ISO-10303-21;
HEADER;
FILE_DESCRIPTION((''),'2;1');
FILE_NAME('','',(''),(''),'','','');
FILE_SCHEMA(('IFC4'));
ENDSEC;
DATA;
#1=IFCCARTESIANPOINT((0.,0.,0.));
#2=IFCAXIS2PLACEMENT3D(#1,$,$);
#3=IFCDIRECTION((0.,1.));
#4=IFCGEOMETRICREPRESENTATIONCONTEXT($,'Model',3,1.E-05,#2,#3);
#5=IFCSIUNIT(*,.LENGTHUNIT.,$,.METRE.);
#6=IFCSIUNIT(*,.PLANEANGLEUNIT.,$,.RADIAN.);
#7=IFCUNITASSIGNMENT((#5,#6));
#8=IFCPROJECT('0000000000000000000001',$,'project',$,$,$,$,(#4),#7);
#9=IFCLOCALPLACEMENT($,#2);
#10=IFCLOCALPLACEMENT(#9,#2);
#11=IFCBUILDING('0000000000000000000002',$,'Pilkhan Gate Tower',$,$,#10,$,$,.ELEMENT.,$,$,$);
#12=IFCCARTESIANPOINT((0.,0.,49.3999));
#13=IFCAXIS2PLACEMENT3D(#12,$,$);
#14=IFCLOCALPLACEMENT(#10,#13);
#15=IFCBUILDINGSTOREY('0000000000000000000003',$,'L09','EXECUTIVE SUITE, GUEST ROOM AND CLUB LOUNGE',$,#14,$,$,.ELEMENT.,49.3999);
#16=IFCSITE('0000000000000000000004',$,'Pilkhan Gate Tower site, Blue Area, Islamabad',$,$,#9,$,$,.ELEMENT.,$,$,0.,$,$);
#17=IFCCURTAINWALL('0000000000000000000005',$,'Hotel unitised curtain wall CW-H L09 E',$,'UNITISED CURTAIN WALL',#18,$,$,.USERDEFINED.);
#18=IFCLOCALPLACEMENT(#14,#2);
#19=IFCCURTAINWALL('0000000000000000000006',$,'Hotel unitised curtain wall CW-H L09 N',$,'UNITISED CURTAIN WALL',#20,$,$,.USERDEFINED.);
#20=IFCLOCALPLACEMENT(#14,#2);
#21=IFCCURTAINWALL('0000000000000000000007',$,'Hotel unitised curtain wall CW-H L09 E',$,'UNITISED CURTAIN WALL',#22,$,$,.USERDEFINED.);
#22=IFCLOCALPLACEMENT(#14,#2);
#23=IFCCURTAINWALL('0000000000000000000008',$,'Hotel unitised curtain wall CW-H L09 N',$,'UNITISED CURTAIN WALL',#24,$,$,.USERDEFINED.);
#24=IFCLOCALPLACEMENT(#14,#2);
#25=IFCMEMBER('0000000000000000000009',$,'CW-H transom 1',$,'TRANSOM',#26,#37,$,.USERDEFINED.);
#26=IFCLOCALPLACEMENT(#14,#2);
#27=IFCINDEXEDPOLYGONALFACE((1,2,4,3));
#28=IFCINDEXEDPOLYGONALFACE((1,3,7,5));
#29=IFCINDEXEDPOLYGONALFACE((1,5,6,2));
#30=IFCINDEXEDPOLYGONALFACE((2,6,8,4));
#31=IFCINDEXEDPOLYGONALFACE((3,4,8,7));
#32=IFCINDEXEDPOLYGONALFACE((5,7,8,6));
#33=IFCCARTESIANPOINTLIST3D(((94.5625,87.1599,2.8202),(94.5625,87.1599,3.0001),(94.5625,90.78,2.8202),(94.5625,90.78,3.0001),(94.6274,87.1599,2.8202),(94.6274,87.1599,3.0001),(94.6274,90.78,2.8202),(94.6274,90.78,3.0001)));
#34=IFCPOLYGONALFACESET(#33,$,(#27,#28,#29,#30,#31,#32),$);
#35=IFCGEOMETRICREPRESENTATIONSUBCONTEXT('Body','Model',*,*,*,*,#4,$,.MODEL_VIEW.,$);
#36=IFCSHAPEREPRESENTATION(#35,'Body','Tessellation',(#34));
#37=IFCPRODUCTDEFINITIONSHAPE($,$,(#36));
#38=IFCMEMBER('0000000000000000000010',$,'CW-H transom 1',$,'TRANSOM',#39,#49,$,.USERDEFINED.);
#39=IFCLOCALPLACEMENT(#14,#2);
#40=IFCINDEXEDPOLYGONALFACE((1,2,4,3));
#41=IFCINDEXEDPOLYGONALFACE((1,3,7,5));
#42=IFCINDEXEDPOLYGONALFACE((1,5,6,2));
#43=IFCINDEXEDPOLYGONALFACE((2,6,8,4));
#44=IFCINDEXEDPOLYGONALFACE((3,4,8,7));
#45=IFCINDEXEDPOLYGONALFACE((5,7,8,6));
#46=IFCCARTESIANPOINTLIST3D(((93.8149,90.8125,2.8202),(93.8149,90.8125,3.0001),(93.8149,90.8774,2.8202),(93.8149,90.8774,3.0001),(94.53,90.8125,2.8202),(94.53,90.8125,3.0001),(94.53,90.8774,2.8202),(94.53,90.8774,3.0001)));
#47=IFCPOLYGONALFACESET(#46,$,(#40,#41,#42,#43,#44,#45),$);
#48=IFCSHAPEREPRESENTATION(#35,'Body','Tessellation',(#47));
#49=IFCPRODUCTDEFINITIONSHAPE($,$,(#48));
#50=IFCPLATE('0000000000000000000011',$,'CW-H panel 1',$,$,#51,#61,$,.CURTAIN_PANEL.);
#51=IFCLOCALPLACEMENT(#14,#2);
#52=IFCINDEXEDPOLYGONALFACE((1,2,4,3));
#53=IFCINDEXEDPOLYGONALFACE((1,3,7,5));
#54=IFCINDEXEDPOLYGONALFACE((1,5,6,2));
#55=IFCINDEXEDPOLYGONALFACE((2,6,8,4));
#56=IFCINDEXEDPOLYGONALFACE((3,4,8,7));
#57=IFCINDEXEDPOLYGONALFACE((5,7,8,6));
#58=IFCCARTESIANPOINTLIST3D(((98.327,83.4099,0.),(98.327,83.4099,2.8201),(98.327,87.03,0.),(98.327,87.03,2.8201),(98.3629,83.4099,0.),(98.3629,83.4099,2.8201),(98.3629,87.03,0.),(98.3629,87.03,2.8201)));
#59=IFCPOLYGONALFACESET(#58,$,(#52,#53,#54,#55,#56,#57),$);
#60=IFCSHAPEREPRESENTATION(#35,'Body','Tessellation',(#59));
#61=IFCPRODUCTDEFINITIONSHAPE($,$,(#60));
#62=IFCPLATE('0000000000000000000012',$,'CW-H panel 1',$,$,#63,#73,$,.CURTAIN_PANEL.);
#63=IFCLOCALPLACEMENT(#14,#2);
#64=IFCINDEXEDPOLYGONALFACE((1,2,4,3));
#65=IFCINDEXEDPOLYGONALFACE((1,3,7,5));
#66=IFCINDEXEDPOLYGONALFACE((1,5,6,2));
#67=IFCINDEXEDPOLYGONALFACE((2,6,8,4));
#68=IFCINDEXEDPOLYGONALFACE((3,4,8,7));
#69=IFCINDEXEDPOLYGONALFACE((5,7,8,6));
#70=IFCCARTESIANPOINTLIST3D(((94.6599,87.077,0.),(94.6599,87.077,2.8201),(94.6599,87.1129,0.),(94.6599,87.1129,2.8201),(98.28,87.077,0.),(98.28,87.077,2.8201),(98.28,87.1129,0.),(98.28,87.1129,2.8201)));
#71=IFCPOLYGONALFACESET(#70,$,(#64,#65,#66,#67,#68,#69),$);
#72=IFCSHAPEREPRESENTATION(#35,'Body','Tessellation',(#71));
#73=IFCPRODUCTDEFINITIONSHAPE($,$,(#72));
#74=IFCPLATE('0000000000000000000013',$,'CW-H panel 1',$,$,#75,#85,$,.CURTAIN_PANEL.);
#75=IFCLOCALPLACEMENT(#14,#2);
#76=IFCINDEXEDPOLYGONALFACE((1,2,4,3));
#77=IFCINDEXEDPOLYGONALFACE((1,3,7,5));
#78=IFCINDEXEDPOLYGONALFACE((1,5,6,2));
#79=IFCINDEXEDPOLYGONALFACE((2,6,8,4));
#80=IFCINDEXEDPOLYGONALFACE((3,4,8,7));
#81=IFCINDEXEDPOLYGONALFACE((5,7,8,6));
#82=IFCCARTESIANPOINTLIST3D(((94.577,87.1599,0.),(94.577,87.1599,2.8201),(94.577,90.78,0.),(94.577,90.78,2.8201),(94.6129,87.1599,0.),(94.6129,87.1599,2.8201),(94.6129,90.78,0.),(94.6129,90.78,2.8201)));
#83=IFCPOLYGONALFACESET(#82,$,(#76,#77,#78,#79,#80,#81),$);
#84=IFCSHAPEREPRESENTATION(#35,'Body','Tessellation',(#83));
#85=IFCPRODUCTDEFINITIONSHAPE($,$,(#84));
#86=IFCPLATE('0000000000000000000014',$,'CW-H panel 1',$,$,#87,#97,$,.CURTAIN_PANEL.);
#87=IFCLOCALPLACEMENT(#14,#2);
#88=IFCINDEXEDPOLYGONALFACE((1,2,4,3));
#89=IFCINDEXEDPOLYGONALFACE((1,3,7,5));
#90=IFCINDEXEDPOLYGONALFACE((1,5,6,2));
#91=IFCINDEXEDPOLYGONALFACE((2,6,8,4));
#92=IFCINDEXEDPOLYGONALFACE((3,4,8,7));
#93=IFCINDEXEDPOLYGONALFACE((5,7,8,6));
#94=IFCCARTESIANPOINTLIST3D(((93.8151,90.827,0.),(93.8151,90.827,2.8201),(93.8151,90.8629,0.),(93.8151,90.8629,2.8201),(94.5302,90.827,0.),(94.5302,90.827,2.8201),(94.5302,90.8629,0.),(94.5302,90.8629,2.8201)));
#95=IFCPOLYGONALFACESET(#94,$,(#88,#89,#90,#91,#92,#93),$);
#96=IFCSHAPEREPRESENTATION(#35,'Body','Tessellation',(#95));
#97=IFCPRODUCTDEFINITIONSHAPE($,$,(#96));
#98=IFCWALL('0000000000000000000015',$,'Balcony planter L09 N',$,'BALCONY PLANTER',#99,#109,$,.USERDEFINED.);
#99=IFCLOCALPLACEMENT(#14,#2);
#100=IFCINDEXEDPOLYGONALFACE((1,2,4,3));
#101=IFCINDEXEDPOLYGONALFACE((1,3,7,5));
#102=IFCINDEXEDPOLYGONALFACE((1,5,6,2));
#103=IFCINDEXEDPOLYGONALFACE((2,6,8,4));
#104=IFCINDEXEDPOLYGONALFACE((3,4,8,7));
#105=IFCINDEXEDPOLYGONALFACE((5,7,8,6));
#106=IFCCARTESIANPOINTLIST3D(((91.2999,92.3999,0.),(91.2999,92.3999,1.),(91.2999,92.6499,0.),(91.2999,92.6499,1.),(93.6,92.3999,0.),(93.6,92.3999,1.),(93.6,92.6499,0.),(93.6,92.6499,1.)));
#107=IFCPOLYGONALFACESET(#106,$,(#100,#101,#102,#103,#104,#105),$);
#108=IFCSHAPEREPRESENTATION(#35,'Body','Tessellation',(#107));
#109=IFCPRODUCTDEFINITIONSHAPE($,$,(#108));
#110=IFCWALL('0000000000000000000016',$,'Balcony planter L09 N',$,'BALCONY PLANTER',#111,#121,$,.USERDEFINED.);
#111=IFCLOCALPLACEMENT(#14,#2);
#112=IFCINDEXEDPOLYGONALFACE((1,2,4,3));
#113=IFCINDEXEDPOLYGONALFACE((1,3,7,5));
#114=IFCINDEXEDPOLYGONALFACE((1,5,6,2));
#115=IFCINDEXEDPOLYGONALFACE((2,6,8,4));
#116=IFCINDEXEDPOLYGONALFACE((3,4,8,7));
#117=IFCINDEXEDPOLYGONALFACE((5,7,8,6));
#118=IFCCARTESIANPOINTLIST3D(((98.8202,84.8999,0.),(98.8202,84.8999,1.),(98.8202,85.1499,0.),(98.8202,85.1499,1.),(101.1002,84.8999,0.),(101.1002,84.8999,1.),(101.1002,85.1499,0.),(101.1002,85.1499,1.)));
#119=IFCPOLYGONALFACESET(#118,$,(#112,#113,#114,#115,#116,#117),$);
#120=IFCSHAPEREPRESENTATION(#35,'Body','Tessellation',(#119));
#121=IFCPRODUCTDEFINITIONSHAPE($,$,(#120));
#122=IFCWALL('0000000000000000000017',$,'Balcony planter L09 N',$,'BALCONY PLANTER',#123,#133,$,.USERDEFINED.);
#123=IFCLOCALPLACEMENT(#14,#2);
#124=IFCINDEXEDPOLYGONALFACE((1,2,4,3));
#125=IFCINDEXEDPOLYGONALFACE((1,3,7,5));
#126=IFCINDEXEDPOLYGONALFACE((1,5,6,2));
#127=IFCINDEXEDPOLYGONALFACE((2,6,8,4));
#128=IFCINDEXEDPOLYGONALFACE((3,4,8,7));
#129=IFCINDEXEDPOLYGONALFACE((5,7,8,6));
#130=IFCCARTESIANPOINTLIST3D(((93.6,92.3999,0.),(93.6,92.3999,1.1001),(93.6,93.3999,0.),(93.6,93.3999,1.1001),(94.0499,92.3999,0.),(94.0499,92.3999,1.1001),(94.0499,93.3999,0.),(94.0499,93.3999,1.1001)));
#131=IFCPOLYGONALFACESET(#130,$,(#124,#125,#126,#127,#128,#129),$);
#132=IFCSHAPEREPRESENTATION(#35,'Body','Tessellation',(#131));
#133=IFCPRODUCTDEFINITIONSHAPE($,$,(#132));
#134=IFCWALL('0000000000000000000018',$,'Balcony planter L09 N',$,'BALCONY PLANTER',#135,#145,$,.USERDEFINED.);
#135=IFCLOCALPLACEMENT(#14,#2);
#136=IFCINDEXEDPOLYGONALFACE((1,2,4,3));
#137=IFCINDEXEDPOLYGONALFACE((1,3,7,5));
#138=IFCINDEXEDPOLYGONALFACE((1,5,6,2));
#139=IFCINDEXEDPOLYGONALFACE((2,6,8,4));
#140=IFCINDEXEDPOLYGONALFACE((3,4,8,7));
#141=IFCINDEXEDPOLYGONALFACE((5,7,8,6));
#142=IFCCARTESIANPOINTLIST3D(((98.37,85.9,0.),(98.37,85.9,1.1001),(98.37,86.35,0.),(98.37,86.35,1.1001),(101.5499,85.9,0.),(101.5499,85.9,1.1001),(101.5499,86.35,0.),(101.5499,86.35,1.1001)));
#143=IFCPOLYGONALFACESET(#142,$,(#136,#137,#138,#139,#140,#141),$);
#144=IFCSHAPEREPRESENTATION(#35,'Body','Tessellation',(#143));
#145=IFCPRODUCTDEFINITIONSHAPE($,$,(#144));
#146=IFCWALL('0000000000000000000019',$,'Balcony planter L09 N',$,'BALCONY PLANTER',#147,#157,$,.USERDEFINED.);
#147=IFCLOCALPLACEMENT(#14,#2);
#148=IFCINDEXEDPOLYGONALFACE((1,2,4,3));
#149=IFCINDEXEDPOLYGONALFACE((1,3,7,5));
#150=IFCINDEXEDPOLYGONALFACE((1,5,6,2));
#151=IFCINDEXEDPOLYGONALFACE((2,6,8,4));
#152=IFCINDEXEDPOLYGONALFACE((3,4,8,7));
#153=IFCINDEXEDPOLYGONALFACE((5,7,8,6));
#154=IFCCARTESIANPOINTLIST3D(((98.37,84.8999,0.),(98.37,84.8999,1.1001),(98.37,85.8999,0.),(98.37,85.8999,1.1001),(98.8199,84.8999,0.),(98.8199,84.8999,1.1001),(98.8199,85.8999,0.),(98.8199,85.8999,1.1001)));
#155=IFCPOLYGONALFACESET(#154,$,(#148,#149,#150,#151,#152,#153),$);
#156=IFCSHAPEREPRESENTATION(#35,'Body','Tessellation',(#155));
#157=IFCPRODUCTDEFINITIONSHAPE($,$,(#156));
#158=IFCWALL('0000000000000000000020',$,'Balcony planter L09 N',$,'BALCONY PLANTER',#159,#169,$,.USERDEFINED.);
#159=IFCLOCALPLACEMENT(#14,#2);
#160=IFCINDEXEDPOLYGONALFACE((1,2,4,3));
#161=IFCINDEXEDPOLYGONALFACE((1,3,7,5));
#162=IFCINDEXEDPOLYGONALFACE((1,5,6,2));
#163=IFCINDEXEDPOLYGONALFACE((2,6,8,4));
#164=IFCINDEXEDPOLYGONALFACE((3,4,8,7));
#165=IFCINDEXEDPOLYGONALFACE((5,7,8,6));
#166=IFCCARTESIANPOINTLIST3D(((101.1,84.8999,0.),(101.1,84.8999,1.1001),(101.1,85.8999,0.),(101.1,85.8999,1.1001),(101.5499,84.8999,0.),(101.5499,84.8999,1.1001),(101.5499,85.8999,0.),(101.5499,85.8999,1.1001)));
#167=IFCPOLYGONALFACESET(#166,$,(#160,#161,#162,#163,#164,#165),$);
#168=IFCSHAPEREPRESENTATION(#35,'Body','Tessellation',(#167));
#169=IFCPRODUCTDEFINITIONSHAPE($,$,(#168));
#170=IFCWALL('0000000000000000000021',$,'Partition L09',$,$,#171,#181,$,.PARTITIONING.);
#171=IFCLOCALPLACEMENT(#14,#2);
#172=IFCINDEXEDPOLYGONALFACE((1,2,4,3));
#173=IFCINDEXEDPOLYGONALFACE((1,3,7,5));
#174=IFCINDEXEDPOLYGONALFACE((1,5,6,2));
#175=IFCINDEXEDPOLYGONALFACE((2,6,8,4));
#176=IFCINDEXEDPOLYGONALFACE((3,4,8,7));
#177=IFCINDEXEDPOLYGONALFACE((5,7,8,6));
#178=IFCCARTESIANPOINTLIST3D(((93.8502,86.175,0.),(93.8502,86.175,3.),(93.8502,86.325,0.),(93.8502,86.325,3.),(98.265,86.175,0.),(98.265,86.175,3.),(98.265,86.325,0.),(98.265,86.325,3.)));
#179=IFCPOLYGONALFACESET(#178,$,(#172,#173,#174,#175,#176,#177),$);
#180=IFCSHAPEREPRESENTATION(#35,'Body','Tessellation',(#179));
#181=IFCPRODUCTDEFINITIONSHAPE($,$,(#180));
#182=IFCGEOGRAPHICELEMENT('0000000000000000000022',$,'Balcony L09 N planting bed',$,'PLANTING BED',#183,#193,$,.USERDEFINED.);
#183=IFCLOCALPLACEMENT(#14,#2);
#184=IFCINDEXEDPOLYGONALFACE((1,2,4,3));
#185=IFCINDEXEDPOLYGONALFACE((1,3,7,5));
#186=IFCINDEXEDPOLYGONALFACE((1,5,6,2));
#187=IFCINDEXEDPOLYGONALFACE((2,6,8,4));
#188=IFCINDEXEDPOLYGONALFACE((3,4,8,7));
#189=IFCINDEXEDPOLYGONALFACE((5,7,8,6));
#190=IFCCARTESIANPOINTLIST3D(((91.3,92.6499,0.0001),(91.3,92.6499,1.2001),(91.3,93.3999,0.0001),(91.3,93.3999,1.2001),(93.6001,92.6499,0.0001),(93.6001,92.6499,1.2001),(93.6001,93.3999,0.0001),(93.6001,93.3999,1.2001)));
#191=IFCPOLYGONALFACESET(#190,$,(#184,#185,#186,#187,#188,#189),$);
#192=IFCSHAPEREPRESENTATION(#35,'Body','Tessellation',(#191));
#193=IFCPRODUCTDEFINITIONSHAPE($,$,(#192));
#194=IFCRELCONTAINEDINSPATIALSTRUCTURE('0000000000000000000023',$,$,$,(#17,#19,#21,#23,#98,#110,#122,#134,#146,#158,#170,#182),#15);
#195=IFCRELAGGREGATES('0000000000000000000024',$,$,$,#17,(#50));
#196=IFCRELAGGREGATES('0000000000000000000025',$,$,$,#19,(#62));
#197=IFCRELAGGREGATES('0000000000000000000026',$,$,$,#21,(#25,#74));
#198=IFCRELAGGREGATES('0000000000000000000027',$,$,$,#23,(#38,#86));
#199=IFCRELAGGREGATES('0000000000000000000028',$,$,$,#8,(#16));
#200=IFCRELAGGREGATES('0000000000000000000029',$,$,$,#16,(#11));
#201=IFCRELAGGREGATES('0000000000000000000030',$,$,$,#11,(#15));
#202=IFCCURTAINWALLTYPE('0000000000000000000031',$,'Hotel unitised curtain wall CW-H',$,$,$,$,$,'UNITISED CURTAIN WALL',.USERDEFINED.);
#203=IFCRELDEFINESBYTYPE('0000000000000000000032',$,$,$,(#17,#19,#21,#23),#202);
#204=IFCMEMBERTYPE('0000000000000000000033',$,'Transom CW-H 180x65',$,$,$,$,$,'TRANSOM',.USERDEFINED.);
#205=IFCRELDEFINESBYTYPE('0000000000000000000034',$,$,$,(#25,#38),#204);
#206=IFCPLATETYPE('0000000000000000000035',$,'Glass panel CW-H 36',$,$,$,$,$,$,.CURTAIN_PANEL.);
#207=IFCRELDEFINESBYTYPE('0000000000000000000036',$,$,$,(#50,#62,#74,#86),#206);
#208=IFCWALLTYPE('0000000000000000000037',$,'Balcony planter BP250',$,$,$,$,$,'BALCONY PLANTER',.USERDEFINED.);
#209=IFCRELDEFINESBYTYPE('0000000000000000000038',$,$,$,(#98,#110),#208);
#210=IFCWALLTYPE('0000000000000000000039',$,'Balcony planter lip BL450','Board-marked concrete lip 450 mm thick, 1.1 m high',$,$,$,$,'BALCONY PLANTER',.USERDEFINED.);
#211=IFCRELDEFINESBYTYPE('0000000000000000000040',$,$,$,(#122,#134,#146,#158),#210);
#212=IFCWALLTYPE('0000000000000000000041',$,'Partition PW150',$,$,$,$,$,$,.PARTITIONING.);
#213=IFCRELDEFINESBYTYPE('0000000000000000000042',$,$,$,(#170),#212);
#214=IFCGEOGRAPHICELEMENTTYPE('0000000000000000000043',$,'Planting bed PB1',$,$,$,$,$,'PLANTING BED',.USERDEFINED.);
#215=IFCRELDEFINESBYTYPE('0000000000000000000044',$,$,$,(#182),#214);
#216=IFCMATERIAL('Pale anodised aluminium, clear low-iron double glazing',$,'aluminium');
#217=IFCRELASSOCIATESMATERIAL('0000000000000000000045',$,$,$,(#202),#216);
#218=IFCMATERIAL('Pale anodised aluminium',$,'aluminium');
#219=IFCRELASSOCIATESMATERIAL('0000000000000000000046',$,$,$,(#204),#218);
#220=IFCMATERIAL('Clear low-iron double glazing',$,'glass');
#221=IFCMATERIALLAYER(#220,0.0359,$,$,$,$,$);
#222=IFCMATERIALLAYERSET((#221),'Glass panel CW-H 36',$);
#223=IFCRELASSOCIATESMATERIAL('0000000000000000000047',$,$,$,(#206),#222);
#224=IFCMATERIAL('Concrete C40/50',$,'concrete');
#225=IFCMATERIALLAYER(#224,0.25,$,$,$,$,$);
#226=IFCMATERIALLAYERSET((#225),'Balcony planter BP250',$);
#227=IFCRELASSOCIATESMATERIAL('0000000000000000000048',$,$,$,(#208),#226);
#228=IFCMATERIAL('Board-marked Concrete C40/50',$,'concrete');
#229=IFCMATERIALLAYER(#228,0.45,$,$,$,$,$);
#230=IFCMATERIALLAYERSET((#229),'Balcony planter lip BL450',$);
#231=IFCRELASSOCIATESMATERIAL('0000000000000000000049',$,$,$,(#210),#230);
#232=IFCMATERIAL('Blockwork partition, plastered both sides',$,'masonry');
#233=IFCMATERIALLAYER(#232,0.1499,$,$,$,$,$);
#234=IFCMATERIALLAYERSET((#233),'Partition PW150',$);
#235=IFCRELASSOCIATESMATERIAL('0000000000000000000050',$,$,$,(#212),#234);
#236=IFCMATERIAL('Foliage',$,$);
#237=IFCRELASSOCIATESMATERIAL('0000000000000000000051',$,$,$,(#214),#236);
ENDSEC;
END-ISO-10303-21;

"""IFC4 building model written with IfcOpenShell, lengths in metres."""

from ifc_helpers import new_model, si_unit, direction, frame, frame_2d, origin, origin_2d, place, context, subcontext, project, spatial, rectangle, extrude, material, layer, layer_set, material_profile, profile_set, type_object, element, aggregate, save


model = new_model("IFC4")

# Units and contexts
model_context = context("Model", 3, precision=1e-05, world=origin(), true_north=direction((0.0, 1.0)))
body_context = subcontext(model_context, "Body", "Model", "MODEL_VIEW")
ifc_project = project(units=[si_unit("LENGTHUNIT", "METRE"), si_unit("PLANEANGLEUNIT", "RADIAN")], contexts=[model_context])

# Site, building, storey
site_placement = place(None, origin())
site = spatial("IfcSite", under=ifc_project, at=site_placement, Name="Pilkhan Gate Tower site, Blue Area, Islamabad", CompositionType="ELEMENT", RefElevation=0.0)
building_placement = place(site_placement, origin())
building = spatial("IfcBuilding", under=site, at=building_placement, Name="Pilkhan Gate Tower", CompositionType="ELEMENT")
storey_placement = place(building_placement, frame((0.0, 0.0, 49.3999)))
storey = spatial("IfcBuildingStorey", under=building, at=storey_placement, Name="L09", Description="EXECUTIVE SUITE, GUEST ROOM AND CLUB LOUNGE", CompositionType="ELEMENT", Elevation=49.3999)

# Curtain wall
ifc_material_1 = material(Name="Pale anodised aluminium, clear low-iron double glazing", Category="aluminium")
curtain_wall_type = type_object("IfcCurtainWallType", Name="Hotel unitised curtain wall CW-H", ElementType="UNITISED CURTAIN WALL", PredefinedType="USERDEFINED", material=ifc_material_1)
curtain_wall_1_placement = place(storey_placement, origin())
curtain_wall_1 = element("IfcCurtainWall", 1, at=curtain_wall_1_placement, inside=storey, type_object=curtain_wall_type, Name="Hotel unitised curtain wall CW-H L09 E", ObjectType="UNITISED CURTAIN WALL", PredefinedType="USERDEFINED")
ifc_material_2 = material(Name="Pale anodised aluminium", Category="aluminium")

# Curtain walls
curtain_wall_2_placement = place(storey_placement, origin())
curtain_wall_2 = element("IfcCurtainWall", 2, at=curtain_wall_2_placement, inside=storey, type_object=curtain_wall_type, Name="Hotel unitised curtain wall CW-H L09 N", ObjectType="UNITISED CURTAIN WALL", PredefinedType="USERDEFINED")
curtain_wall_3_placement = place(storey_placement, origin())
curtain_wall_3 = element("IfcCurtainWall", 3, at=curtain_wall_3_placement, inside=storey, type_object=curtain_wall_type, Name="Hotel unitised curtain wall CW-H L09 E", ObjectType="UNITISED CURTAIN WALL", PredefinedType="USERDEFINED")
curtain_wall_4_placement = place(storey_placement, origin())
curtain_wall_4 = element("IfcCurtainWall", 4, at=curtain_wall_4_placement, inside=storey, type_object=curtain_wall_type, Name="Hotel unitised curtain wall CW-H L09 N", ObjectType="UNITISED CURTAIN WALL", PredefinedType="USERDEFINED")

# Members
ifc_material_profile_1 = material_profile(ifc_material_2, rectangle(XDim=0.0649, YDim=0.1799, at=origin_2d()), Name="Transom 180x65")
ifc_profile_set_1 = profile_set([ifc_material_profile_1], Name="Pale anodised aluminium")
member_type_1 = type_object("IfcMemberType", Name="Transom CW-H 180x65", ElementType="TRANSOM", PredefinedType="USERDEFINED", material=ifc_profile_set_1)
member_1_placement = place(storey_placement, frame((94.595, 87.1599, 2.9102), z_axis=(0.0, 1.0, 0.0), x_axis=(-1.0, 0.0, 0.0)))
member_1 = element("IfcMember", 5, at=member_1_placement, type_object=member_type_1, Name="CW-H transom 1", ObjectType="TRANSOM", PredefinedType="USERDEFINED", context=body_context, shape_type="SweptSolid", body=[
    extrude(rectangle(XDim=0.0649, YDim=0.1799, at=origin_2d()), origin(), (0.0, 0.0, 1.0), 3.6201),
])
member_2_placement = place(storey_placement, frame((93.8149, 90.845, 2.9102), z_axis=(1.0, 0.0, 0.0), x_axis=(0.0, 1.0, 0.0)))
member_2 = element("IfcMember", 6, at=member_2_placement, type_object=member_type_1, Name="CW-H transom 1", ObjectType="TRANSOM", PredefinedType="USERDEFINED", context=body_context, shape_type="SweptSolid", body=[
    extrude(rectangle(XDim=0.0649, YDim=0.1799, at=origin_2d()), origin(), (0.0, 0.0, 1.0), 0.7151),
])

# Plates
ifc_material_3 = material(Name="Clear low-iron double glazing", Category="glass")
ifc_layer_1 = layer(ifc_material_3, 0.0359)
ifc_layer_set_1 = layer_set([ifc_layer_1], Name="Glass panel CW-H 36")
plate_type = type_object("IfcPlateType", Name="Glass panel CW-H 36", PredefinedType="CURTAIN_PANEL", material=ifc_layer_set_1)
plate_1_placement = place(storey_placement, frame((98.345, 85.22, 0.0), z_axis=(0.0, 0.0, 1.0), x_axis=(0.0, 1.0, 0.0)))
plate_1 = element("IfcPlate", 7, at=plate_1_placement, type_object=plate_type, Name="CW-H panel 1", PredefinedType="CURTAIN_PANEL", context=body_context, shape_type="SweptSolid", body=[
    extrude(rectangle(XDim=3.6201, YDim=0.0359, at=origin_2d()), origin(), (0.0, 0.0, 1.0), 2.8201),
])
aggregate(curtain_wall_1, [plate_1])
plate_2_placement = place(storey_placement, frame((96.47, 87.095, 0.0), z_axis=(0.0, 0.0, 1.0), x_axis=(1.0, 0.0, 0.0)))
plate_2 = element("IfcPlate", 8, at=plate_2_placement, type_object=plate_type, Name="CW-H panel 1", PredefinedType="CURTAIN_PANEL", context=body_context, shape_type="SweptSolid", body=[
    extrude(rectangle(XDim=3.6201, YDim=0.0359, at=origin_2d()), origin(), (0.0, 0.0, 1.0), 2.8201),
])
aggregate(curtain_wall_2, [plate_2])
plate_3_placement = place(storey_placement, frame((94.595, 88.97, 0.0), z_axis=(0.0, 0.0, 1.0), x_axis=(0.0, 1.0, 0.0)))
plate_3 = element("IfcPlate", 9, at=plate_3_placement, type_object=plate_type, Name="CW-H panel 1", PredefinedType="CURTAIN_PANEL", context=body_context, shape_type="SweptSolid", body=[
    extrude(rectangle(XDim=3.6201, YDim=0.0359, at=origin_2d()), origin(), (0.0, 0.0, 1.0), 2.8201),
])
aggregate(curtain_wall_3, [member_1, plate_3])
plate_4_placement = place(storey_placement, frame((94.1726, 90.845, 0.0), z_axis=(0.0, 0.0, 1.0), x_axis=(1.0, 0.0, 0.0)))
plate_4 = element("IfcPlate", 10, at=plate_4_placement, type_object=plate_type, Name="CW-H panel 1", PredefinedType="CURTAIN_PANEL", context=body_context, shape_type="SweptSolid", body=[
    extrude(rectangle(XDim=0.7151, YDim=0.0359, at=origin_2d()), origin(), (0.0, 0.0, 1.0), 2.8201),
])
aggregate(curtain_wall_4, [member_2, plate_4])

# Walls
ifc_material_4 = material(Name="Concrete C40/50", Category="concrete")
ifc_layer_2 = layer(ifc_material_4, 0.25)
ifc_layer_set_2 = layer_set([ifc_layer_2], Name="Balcony planter BP250")
wall_type_1 = type_object("IfcWallType", Name="Balcony planter BP250", ElementType="BALCONY PLANTER", PredefinedType="USERDEFINED", material=ifc_layer_set_2)
wall_1_placement = place(storey_placement, frame((91.3, 92.5249, 0.0), z_axis=(0.0, 0.0, 1.0), x_axis=(1.0, 0.0, 0.0)))
element("IfcWall", 11, at=wall_1_placement, inside=storey, type_object=wall_type_1, Name="Balcony planter L09 N", ObjectType="BALCONY PLANTER", PredefinedType="USERDEFINED", context=body_context, shape_type="SweptSolid", body=[
    extrude(rectangle(XDim=2.3, YDim=0.25, at=frame_2d((1.1499, 0.0))), origin(), (0.0, 0.0, 1.0), 1.0),
])
wall_2_placement = place(storey_placement, frame((98.8201, 85.0249, 0.0), z_axis=(0.0, 0.0, 1.0), x_axis=(1.0, 0.0, 0.0)))
element("IfcWall", 12, at=wall_2_placement, inside=storey, type_object=wall_type_1, Name="Balcony planter L09 N", ObjectType="BALCONY PLANTER", PredefinedType="USERDEFINED", context=body_context, shape_type="SweptSolid", body=[
    extrude(rectangle(XDim=2.28, YDim=0.25, at=frame_2d((1.1401, 0.0))), origin(), (0.0, 0.0, 1.0), 1.0),
])
ifc_material_5 = material(Name="Board-marked Concrete C40/50", Category="concrete")
ifc_layer_3 = layer(ifc_material_5, 0.45)
ifc_layer_set_3 = layer_set([ifc_layer_3], Name="Balcony planter lip BL450")
wall_type_2 = type_object("IfcWallType", Name="Balcony planter lip BL450", Description="Board-marked concrete lip 450 mm thick, 1.1 m high", ElementType="BALCONY PLANTER", PredefinedType="USERDEFINED", material=ifc_layer_set_3)
wall_3_placement = place(storey_placement, frame((93.825, 92.3999, 0.0), z_axis=(0.0, 0.0, 1.0), x_axis=(0.0, 1.0, 0.0)))
element("IfcWall", 13, at=wall_3_placement, inside=storey, type_object=wall_type_2, Name="Balcony planter L09 N", ObjectType="BALCONY PLANTER", PredefinedType="USERDEFINED", context=body_context, shape_type="SweptSolid", body=[
    extrude(rectangle(XDim=1.0, YDim=0.45, at=frame_2d((0.5, 0.0))), origin(), (0.0, 0.0, 1.0), 1.1001),
])
wall_4_placement = place(storey_placement, frame((98.3701, 86.125, 0.0), z_axis=(0.0, 0.0, 1.0), x_axis=(1.0, 0.0, 0.0)))
element("IfcWall", 14, at=wall_4_placement, inside=storey, type_object=wall_type_2, Name="Balcony planter L09 N", ObjectType="BALCONY PLANTER", PredefinedType="USERDEFINED", context=body_context, shape_type="SweptSolid", body=[
    extrude(rectangle(XDim=3.1799, YDim=0.45, at=frame_2d((1.5898, 0.0))), origin(), (0.0, 0.0, 1.0), 1.1001),
])
for number, where, z_axis, x_axis, name in (
    (15, (98.595, 84.8999, 0.0), (0.0, 0.0, 1.0), (0.0, 1.0, 0.0), "Balcony planter L09 N"),
    (16, (101.325, 84.8999, 0.0), (0.0, 0.0, 1.0), (0.0, 1.0, 0.0), "Balcony planter L09 N"),
):
    element("IfcWall", number, at=place(storey_placement, frame(where, z_axis=z_axis, x_axis=x_axis)), inside=storey, type_object=wall_type_2, Name=name, ObjectType="BALCONY PLANTER", PredefinedType="USERDEFINED", context=body_context, shape_type="SweptSolid", body=[
        extrude(rectangle(XDim=1.0, YDim=0.45, at=frame_2d((0.5, 0.0))), origin(), (0.0, 0.0, 1.0), 1.1001),
    ])
ifc_material_6 = material(Name="Blockwork partition, plastered both sides", Category="masonry")
ifc_layer_4 = layer(ifc_material_6, 0.1499)
ifc_layer_set_4 = layer_set([ifc_layer_4], Name="Partition PW150")
wall_type_3 = type_object("IfcWallType", Name="Partition PW150", PredefinedType="PARTITIONING", material=ifc_layer_set_4)
wall_5_placement = place(storey_placement, frame((93.8501, 86.25, 0.0), z_axis=(0.0, 0.0, 1.0), x_axis=(1.0, 0.0, 0.0)))
element("IfcWall", 17, at=wall_5_placement, inside=storey, type_object=wall_type_3, Name="Partition L09", PredefinedType="PARTITIONING", context=body_context, shape_type="SweptSolid", body=[
    extrude(rectangle(XDim=4.4148, YDim=0.1499, at=frame_2d((2.2075, 0.0))), origin(), (0.0, 0.0, 1.0), 3.0),
])

# Geographic element
ifc_material_7 = material(Name="Foliage")
ifc_material_profile_2 = material_profile(ifc_material_7, rectangle(XDim=0.75, YDim=1.2, at=origin_2d()), Name="Bed 750x1200")
ifc_profile_set_2 = profile_set([ifc_material_profile_2], Name="Foliage")
geographic_element_type_1 = type_object("IfcGeographicElementType", Name="Planting bed PB1", ElementType="PLANTING BED", PredefinedType="USERDEFINED", material=ifc_profile_set_2)
geographic_element_1_placement = place(storey_placement, frame((91.3, 93.0249, 0.6001), z_axis=(1.0, 0.0, 0.0), x_axis=(0.0, 1.0, 0.0)))
element("IfcGeographicElement", 18, at=geographic_element_1_placement, inside=storey, type_object=geographic_element_type_1, Name="Balcony L09 N planting bed", ObjectType="PLANTING BED", PredefinedType="USERDEFINED", context=body_context, shape_type="SweptSolid", body=[
    extrude(rectangle(XDim=0.75, YDim=1.2, at=origin_2d()), origin(), (0.0, 0.0, 1.0), 2.3),
])

save(model, "model.ifc")
